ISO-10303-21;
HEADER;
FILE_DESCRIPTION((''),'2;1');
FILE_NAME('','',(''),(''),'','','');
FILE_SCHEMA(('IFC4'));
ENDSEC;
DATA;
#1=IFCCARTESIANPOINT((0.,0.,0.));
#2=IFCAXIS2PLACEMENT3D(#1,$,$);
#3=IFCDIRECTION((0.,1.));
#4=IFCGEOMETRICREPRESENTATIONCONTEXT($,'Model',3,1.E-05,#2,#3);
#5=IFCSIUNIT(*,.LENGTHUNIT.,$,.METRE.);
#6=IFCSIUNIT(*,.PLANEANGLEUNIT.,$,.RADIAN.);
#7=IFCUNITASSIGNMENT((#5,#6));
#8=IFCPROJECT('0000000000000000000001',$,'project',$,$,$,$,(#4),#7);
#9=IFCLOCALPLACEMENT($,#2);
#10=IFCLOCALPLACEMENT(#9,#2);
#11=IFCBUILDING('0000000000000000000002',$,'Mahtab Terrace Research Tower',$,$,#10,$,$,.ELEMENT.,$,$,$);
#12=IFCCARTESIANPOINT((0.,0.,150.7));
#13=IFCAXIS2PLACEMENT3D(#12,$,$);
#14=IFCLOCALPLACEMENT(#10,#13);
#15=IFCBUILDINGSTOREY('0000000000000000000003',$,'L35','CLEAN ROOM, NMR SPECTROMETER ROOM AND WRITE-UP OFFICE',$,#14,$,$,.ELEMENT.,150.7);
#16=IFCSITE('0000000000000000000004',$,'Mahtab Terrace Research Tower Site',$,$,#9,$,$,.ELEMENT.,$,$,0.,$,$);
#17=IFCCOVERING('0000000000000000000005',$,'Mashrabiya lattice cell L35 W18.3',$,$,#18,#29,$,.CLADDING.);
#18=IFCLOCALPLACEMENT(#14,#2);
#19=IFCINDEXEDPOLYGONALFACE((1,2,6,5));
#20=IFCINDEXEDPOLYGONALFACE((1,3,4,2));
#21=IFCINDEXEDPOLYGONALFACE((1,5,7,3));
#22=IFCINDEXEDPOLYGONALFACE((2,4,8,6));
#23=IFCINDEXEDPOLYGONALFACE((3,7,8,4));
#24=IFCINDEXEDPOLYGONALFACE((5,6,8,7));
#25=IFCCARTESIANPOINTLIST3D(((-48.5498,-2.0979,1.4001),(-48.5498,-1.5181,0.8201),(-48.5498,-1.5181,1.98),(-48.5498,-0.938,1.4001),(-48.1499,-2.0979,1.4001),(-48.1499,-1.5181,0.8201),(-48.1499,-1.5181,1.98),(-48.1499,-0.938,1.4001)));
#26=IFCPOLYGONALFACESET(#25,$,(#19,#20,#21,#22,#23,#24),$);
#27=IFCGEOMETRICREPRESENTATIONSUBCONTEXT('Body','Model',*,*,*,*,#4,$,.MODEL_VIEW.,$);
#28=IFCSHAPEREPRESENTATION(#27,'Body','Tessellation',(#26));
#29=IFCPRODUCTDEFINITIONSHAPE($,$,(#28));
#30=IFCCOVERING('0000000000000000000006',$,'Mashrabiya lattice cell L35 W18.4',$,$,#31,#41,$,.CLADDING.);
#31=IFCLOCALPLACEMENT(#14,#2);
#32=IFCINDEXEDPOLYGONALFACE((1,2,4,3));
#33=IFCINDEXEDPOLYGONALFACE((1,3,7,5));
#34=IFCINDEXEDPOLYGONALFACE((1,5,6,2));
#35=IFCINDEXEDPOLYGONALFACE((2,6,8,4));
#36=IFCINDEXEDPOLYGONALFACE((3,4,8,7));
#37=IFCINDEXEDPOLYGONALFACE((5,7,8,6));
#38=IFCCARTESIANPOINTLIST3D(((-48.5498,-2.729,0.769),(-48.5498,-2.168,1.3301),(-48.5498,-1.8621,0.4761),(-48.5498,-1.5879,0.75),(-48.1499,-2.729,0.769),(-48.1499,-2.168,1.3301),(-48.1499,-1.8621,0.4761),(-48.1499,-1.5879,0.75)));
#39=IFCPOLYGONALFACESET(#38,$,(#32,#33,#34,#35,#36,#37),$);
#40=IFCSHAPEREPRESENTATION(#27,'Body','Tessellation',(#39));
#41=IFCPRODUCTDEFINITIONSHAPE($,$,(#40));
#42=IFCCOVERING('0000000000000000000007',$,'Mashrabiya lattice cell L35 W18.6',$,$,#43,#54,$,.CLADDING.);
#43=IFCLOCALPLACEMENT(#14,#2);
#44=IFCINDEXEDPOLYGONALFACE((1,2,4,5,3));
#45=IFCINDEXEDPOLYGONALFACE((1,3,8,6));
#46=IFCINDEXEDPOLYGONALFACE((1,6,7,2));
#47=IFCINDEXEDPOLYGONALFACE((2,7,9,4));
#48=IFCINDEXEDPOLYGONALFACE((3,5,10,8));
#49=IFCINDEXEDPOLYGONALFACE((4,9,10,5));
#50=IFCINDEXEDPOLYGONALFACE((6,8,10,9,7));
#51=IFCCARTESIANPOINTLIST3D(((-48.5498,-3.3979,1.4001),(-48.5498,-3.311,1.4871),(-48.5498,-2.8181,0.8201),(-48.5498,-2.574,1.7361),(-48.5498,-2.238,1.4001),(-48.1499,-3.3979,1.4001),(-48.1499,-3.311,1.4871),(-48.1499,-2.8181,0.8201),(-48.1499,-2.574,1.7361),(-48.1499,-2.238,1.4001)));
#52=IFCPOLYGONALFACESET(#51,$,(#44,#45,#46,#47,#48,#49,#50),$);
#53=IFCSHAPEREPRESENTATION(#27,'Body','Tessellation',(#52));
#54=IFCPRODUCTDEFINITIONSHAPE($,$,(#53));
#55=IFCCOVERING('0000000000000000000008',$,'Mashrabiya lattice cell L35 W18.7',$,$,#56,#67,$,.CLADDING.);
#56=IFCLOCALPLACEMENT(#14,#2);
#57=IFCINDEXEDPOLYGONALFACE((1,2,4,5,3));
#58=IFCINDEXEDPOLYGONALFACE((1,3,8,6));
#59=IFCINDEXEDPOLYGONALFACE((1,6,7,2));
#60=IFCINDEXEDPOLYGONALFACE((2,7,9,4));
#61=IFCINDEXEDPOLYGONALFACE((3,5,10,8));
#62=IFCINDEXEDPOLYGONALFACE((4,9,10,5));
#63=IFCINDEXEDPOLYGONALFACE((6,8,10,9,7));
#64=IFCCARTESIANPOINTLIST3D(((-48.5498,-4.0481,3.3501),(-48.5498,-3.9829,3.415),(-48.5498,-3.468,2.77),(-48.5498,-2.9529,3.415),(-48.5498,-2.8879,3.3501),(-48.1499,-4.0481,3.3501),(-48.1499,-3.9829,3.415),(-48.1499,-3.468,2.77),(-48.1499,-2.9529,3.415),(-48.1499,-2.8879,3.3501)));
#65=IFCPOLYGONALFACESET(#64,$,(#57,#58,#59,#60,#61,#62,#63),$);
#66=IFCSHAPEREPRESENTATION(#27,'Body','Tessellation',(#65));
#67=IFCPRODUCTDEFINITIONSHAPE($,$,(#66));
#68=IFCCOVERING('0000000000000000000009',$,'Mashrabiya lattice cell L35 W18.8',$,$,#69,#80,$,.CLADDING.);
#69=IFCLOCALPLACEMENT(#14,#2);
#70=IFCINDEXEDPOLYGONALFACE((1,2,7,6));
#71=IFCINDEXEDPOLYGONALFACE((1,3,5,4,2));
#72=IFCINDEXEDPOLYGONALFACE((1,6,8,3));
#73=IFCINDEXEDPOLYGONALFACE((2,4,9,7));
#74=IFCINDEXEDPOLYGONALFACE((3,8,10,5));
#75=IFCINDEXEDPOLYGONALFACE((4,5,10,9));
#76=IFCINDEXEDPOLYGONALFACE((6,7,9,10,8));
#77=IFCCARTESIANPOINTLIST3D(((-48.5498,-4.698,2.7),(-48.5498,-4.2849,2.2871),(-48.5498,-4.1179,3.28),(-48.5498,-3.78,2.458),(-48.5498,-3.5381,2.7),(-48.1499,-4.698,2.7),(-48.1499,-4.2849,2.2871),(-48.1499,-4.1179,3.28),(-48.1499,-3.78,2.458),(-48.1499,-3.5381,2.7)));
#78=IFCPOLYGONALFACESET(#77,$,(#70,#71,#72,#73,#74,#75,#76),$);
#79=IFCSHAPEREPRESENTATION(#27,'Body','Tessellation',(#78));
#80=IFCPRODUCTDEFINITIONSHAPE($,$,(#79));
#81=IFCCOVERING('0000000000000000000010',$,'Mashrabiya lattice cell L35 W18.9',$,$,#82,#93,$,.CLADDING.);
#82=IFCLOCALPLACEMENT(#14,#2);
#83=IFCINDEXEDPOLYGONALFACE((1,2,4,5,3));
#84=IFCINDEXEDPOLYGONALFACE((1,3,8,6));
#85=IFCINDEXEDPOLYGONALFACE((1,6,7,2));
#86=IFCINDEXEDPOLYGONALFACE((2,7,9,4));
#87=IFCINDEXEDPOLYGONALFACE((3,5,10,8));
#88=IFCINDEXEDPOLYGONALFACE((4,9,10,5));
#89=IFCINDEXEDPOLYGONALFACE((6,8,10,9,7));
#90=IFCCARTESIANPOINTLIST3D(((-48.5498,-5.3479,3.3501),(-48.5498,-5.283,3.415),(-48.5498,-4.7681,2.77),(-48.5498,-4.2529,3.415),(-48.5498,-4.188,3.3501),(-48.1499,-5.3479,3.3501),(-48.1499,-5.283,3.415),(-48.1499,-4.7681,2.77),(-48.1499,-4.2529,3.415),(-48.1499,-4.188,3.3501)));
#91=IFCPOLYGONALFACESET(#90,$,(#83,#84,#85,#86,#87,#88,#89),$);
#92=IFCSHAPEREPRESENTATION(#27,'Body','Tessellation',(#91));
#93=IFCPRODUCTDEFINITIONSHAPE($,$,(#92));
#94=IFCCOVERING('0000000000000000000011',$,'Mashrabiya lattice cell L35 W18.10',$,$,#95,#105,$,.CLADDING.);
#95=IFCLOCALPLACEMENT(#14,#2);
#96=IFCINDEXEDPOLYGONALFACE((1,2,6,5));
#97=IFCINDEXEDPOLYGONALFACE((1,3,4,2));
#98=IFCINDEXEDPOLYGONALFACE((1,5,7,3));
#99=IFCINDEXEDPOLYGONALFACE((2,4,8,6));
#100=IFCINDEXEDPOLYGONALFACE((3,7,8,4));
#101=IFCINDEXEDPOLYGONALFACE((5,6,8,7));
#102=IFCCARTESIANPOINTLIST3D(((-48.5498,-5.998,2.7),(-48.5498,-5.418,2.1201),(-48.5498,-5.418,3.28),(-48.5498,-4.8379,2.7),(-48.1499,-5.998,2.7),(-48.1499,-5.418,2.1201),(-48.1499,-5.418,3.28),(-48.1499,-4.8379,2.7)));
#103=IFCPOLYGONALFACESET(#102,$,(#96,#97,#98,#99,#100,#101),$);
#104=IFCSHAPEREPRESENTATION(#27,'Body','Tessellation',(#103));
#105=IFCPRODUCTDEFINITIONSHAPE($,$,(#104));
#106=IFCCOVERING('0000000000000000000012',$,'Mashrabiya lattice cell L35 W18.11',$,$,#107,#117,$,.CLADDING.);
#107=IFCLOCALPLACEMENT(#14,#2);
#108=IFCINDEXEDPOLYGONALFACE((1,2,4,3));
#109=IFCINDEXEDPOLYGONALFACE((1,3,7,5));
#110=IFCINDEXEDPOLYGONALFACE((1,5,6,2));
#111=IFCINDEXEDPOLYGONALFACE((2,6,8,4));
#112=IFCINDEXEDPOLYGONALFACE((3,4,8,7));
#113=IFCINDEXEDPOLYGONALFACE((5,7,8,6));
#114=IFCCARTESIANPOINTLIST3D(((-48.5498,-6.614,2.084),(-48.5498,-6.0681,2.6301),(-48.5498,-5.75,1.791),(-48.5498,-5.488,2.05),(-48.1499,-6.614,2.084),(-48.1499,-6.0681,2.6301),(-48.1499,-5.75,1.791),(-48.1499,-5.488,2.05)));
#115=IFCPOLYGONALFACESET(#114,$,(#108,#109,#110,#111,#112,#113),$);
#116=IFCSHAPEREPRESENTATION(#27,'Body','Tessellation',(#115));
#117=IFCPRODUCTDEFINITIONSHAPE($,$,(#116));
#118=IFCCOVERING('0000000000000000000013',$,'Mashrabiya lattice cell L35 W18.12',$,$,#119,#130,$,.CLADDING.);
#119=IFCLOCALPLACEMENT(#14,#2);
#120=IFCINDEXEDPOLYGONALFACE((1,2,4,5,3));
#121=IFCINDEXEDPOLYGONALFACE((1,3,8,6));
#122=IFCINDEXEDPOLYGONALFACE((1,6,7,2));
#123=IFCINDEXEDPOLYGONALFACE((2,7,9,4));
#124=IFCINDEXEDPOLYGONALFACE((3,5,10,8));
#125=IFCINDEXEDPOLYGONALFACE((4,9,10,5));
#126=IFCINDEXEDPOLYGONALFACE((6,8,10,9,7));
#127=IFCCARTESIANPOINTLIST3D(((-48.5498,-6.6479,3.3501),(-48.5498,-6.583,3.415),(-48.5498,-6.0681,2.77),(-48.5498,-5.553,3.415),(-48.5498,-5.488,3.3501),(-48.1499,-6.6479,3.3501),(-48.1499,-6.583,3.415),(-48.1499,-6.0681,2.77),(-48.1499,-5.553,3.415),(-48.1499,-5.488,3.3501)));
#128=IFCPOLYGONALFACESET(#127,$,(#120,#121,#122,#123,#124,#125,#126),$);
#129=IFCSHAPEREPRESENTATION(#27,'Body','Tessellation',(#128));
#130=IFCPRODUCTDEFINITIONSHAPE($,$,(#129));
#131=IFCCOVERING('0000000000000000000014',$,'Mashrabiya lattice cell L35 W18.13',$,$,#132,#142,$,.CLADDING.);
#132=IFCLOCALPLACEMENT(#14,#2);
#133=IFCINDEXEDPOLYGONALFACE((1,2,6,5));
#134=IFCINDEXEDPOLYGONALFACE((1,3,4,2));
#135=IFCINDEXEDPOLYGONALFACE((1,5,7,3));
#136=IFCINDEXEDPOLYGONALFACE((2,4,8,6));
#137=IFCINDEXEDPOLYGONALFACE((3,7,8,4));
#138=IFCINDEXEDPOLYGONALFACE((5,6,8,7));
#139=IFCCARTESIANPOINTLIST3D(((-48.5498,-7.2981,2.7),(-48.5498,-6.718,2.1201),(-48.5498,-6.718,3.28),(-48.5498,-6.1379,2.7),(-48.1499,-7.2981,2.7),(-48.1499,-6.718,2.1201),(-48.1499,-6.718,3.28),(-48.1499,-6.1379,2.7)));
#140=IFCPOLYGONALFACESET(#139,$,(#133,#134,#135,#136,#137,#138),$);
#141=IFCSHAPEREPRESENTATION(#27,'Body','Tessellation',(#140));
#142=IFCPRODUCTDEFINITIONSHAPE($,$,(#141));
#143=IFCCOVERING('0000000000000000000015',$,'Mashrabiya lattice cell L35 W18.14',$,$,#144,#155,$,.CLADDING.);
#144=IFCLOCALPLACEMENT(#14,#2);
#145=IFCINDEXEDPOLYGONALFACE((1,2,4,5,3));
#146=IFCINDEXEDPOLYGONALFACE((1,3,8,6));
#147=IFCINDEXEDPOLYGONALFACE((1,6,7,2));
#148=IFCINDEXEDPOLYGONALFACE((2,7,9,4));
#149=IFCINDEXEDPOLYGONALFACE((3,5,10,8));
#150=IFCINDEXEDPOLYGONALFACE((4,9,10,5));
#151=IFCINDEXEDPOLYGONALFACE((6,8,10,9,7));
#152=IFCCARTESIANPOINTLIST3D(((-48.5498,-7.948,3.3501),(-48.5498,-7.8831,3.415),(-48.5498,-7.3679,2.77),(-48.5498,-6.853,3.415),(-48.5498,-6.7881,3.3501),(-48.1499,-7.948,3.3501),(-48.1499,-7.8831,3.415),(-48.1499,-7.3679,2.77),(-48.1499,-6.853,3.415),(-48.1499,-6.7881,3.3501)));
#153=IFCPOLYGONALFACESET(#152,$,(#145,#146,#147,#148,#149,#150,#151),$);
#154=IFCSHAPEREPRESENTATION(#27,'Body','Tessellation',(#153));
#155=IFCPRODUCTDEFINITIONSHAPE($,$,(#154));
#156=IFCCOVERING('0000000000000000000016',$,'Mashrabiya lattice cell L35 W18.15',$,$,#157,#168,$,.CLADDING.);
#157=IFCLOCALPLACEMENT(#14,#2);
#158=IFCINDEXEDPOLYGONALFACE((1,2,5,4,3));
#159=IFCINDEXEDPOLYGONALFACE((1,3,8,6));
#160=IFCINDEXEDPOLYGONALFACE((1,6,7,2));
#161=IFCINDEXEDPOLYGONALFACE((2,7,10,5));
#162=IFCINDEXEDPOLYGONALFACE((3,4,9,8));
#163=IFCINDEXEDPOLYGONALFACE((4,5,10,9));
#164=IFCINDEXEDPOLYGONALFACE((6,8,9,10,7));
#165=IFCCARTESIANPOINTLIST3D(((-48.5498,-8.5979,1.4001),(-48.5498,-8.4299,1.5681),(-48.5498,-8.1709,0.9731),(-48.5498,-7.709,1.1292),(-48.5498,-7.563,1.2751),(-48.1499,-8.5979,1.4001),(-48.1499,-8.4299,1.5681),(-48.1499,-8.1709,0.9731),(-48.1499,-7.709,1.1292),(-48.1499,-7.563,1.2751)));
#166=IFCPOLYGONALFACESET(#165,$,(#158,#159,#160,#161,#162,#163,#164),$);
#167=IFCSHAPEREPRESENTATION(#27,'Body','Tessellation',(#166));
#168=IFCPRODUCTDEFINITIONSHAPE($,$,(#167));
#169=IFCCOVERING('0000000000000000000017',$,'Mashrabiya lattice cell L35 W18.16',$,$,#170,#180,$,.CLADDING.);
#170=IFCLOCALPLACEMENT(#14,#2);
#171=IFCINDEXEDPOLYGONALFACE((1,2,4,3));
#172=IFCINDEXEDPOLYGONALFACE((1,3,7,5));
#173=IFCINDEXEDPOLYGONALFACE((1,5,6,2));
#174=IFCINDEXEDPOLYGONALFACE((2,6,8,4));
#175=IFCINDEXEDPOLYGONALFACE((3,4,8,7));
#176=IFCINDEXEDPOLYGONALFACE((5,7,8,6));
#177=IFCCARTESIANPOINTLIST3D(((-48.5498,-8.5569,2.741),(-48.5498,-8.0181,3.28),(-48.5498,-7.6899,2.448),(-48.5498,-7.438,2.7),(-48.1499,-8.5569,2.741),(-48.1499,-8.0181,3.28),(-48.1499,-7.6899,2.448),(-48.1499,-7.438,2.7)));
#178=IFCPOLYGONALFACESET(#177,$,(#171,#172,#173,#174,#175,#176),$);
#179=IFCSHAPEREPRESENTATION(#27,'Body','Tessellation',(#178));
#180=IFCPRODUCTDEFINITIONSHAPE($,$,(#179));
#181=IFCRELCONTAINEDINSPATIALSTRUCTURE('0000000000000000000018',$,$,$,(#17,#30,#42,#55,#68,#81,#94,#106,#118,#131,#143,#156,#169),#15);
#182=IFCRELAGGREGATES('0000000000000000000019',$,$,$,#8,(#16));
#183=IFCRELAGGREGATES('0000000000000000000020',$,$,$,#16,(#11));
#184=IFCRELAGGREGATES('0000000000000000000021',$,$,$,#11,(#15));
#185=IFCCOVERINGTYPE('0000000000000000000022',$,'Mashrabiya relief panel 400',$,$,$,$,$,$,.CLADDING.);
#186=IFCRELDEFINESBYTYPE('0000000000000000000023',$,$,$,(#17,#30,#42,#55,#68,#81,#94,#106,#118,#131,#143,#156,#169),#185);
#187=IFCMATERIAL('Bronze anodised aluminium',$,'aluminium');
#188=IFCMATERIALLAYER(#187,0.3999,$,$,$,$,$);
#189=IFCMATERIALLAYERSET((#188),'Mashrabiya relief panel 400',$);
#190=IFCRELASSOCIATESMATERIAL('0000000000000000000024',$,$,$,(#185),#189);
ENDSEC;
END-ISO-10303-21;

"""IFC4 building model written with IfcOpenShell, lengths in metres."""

from ifc_helpers import new_model, si_unit, direction, frame, origin, place, context, subcontext, project, spatial, polyline, outline, extrude, material, layer, layer_set, type_object, element, save


model = new_model("IFC4")

# Units and contexts
model_context = context("Model", 3, precision=1e-05, world=origin(), true_north=direction((0.0, 1.0)))
body_context = subcontext(model_context, "Body", "Model", "MODEL_VIEW")
ifc_project = project(units=[si_unit("LENGTHUNIT", "METRE"), si_unit("PLANEANGLEUNIT", "RADIAN")], contexts=[model_context])

# Site, building, storey
site_placement = place(None, origin())
site = spatial("IfcSite", under=ifc_project, at=site_placement, Name="Mahtab Terrace Research Tower Site", CompositionType="ELEMENT", RefElevation=0.0)
building_placement = place(site_placement, origin())
building = spatial("IfcBuilding", under=site, at=building_placement, Name="Mahtab Terrace Research Tower", CompositionType="ELEMENT")
storey_placement = place(building_placement, frame((0.0, 0.0, 150.7)))
storey = spatial("IfcBuildingStorey", under=building, at=storey_placement, Name="L35", Description="CLEAN ROOM, NMR SPECTROMETER ROOM AND WRITE-UP OFFICE", CompositionType="ELEMENT", Elevation=150.7)

# Coverings
ifc_material_1 = material(Name="Bronze anodised aluminium", Category="aluminium")
ifc_layer_1 = layer(ifc_material_1, 0.3999)
ifc_layer_set_1 = layer_set([ifc_layer_1], Name="Mashrabiya relief panel 400")
covering_type = type_object("IfcCoveringType", Name="Mashrabiya relief panel 400", PredefinedType="CLADDING", material=ifc_layer_set_1)
covering_1_placement = place(storey_placement, frame((-48.1499, -1.5181, 1.98), z_axis=(1.0, 0.0, 0.0), x_axis=(0.0, -0.707107, -0.707107)))
element("IfcCovering", 1, at=covering_1_placement, inside=storey, type_object=covering_type, Name="Mashrabiya lattice cell L35 W18.3", PredefinedType="CLADDING", context=body_context, shape_type="SweptSolid", body=[
    extrude(outline(polyline([(0.0, 0.0), (0.82, 0.0), (0.8202, 0.8202), (-0.0002, 0.8202), (0.0, 0.0)])), origin(), (0.0, 0.0, -1.0), 0.3999),
])
covering_2_placement = place(storey_placement, frame((-48.1499, -1.5879, 0.75), z_axis=(1.0, 0.0, 0.0), x_axis=(0.0, -0.707107, 0.707107)))
element("IfcCovering", 2, at=covering_2_placement, inside=storey, type_object=covering_type, Name="Mashrabiya lattice cell L35 W18.4", PredefinedType="CLADDING", context=body_context, shape_type="SweptSolid", body=[
    extrude(outline(polyline([(0.0, 0.0), (0.8204, 0.0), (0.8204, 0.7934), (0.0002, 0.3876), (0.0, 0.0)])), origin(), (0.0, 0.0, -1.0), 0.3999),
])
covering_3_placement = place(storey_placement, frame((-48.1499, -3.3979, 1.4001), z_axis=(1.0, 0.0, 0.0), x_axis=(0.0, 0.706958, -0.707256)))
element("IfcCovering", 3, at=covering_3_placement, inside=storey, type_object=covering_type, Name="Mashrabiya lattice cell L35 W18.6", PredefinedType="CLADDING", context=body_context, shape_type="SweptSolid", body=[
    extrude(outline(polyline([(0.0, 0.0), (0.8202, 0.0), (0.82, 0.8204), (0.3449, 0.8203), (0.0, 0.1229), (0.0, 0.0)])), origin(), (0.0, 0.0, -1.0), 0.3999),
])
covering_4_placement = place(storey_placement, frame((-48.1499, -4.0481, 3.3501), z_axis=(1.0, 0.0, 0.0), x_axis=(0.0, 0.707107, -0.707107)))
element("IfcCovering", 4, at=covering_4_placement, inside=storey, type_object=covering_type, Name="Mashrabiya lattice cell L35 W18.7", PredefinedType="CLADDING", context=body_context, shape_type="SweptSolid", body=[
    extrude(outline(polyline([(0.0, 0.0), (0.8204, 0.0), (0.8204, 0.8204), (0.7285, 0.8204), (0.0002, 0.092), (0.0, 0.0)])), origin(), (0.0, 0.0, -1.0), 0.3999),
])
covering_5_placement = place(storey_placement, frame((-48.1499, -3.5381, 2.7), z_axis=(1.0, 0.0, 0.0), x_axis=(0.0, -0.706958, 0.707256)))
element("IfcCovering", 5, at=covering_5_placement, inside=storey, type_object=covering_type, Name="Mashrabiya lattice cell L35 W18.8", PredefinedType="CLADDING", context=body_context, shape_type="SweptSolid", body=[
    extrude(outline(polyline([(0.0, 0.0), (0.8202, 0.0), (0.82, 0.8204), (0.236, 0.8201), (-0.0001, 0.3422), (0.0, 0.0)])), origin(), (0.0, 0.0, -1.0), 0.3999),
])
covering_6_placement = place(storey_placement, frame((-48.1499, -5.3479, 3.3501), z_axis=(1.0, 0.0, 0.0), x_axis=(0.0, 0.706958, -0.707256)))
element("IfcCovering", 6, at=covering_6_placement, inside=storey, type_object=covering_type, Name="Mashrabiya lattice cell L35 W18.9", PredefinedType="CLADDING", context=body_context, shape_type="SweptSolid", body=[
    extrude(outline(polyline([(0.0, 0.0), (0.8202, 0.0), (0.82, 0.8204), (0.7282, 0.8203), (0.0, 0.0918), (0.0, 0.0)])), origin(), (0.0, 0.0, -1.0), 0.3999),
])
covering_7_placement = place(storey_placement, frame((-48.1499, -5.418, 3.28), z_axis=(1.0, 0.0, 0.0), x_axis=(0.0, -0.707107, -0.707107)))
element("IfcCovering", 7, at=covering_7_placement, inside=storey, type_object=covering_type, Name="Mashrabiya lattice cell L35 W18.10", PredefinedType="CLADDING", context=body_context, shape_type="SweptSolid", body=[
    extrude(outline(polyline([(0.0, 0.0), (0.8204, 0.0), (0.8202, 0.8202), (0.0, 0.8204), (0.0, 0.0)])), origin(), (0.0, 0.0, -1.0), 0.3999),
])
covering_8_placement = place(storey_placement, frame((-48.1499, -5.488, 2.05), z_axis=(1.0, 0.0, 0.0), x_axis=(0.0, -0.707107, 0.707107)))
element("IfcCovering", 8, at=covering_8_placement, inside=storey, type_object=covering_type, Name="Mashrabiya lattice cell L35 W18.11", PredefinedType="CLADDING", context=body_context, shape_type="SweptSolid", body=[
    extrude(outline(polyline([(0.0, 0.0), (0.8204, 0.0), (0.8202, 0.7722), (0.0021, 0.3684), (0.0, 0.0)])), origin(), (0.0, 0.0, -1.0), 0.3999),
])
covering_9_placement = place(storey_placement, frame((-48.1499, -6.6479, 3.3501), z_axis=(1.0, 0.0, 0.0), x_axis=(0.0, 0.706958, -0.707256)))
element("IfcCovering", 9, at=covering_9_placement, inside=storey, type_object=covering_type, Name="Mashrabiya lattice cell L35 W18.12", PredefinedType="CLADDING", context=body_context, shape_type="SweptSolid", body=[
    extrude(outline(polyline([(0.0, 0.0), (0.8202, 0.0), (0.82, 0.8204), (0.7282, 0.8203), (0.0, 0.0918), (0.0, 0.0)])), origin(), (0.0, 0.0, -1.0), 0.3999),
])
covering_10_placement = place(storey_placement, frame((-48.1499, -6.718, 3.28), z_axis=(1.0, 0.0, 0.0), x_axis=(0.0, -0.707107, -0.707107)))
element("IfcCovering", 10, at=covering_10_placement, inside=storey, type_object=covering_type, Name="Mashrabiya lattice cell L35 W18.13", PredefinedType="CLADDING", context=body_context, shape_type="SweptSolid", body=[
    extrude(outline(polyline([(0.0, 0.0), (0.8204, 0.0), (0.8202, 0.8202), (0.0, 0.8204), (0.0, 0.0)])), origin(), (0.0, 0.0, -1.0), 0.3999),
])
covering_11_placement = place(storey_placement, frame((-48.1499, -7.948, 3.3501), z_axis=(1.0, 0.0, 0.0), x_axis=(0.0, 0.707107, -0.707107)))
element("IfcCovering", 11, at=covering_11_placement, inside=storey, type_object=covering_type, Name="Mashrabiya lattice cell L35 W18.14", PredefinedType="CLADDING", context=body_context, shape_type="SweptSolid", body=[
    extrude(outline(polyline([(0.0, 0.0), (0.8204, 0.0), (0.8202, 0.8202), (0.7283, 0.8202), (0.0, 0.0918), (0.0, 0.0)])), origin(), (0.0, 0.0, -1.0), 0.3999),
])
covering_12_placement = place(storey_placement, frame((-48.1499, -7.563, 1.2751), z_axis=(1.0, 0.0, 0.0), x_axis=(0.0, -0.947368, 0.320147)))
element("IfcCovering", 12, at=covering_12_placement, inside=storey, type_object=covering_type, Name="Mashrabiya lattice cell L35 W18.15", PredefinedType="CLADDING", context=body_context, shape_type="SweptSolid", body=[
    extrude(outline(polyline([(0.0, 0.0), (0.9151, 0.0), (1.0205, 0.2129), (0.4792, 0.4807), (0.0916, 0.1851), (0.0, 0.0)])), origin(), (0.0, 0.0, -1.0), 0.3999),
])
covering_13_placement = place(storey_placement, frame((-48.1499, -7.438, 2.7), z_axis=(1.0, 0.0, 0.0), x_axis=(0.0, -0.707107, 0.707107)))
element("IfcCovering", 13, at=covering_13_placement, inside=storey, type_object=covering_type, Name="Mashrabiya lattice cell L35 W18.16", PredefinedType="CLADDING", context=body_context, shape_type="SweptSolid", body=[
    extrude(outline(polyline([(0.0, 0.0), (0.8204, 0.0), (0.8202, 0.7622), (0.0, 0.3563), (0.0, 0.0)])), origin(), (0.0, 0.0, -1.0), 0.3999),
])

save(model, "model.ifc")
